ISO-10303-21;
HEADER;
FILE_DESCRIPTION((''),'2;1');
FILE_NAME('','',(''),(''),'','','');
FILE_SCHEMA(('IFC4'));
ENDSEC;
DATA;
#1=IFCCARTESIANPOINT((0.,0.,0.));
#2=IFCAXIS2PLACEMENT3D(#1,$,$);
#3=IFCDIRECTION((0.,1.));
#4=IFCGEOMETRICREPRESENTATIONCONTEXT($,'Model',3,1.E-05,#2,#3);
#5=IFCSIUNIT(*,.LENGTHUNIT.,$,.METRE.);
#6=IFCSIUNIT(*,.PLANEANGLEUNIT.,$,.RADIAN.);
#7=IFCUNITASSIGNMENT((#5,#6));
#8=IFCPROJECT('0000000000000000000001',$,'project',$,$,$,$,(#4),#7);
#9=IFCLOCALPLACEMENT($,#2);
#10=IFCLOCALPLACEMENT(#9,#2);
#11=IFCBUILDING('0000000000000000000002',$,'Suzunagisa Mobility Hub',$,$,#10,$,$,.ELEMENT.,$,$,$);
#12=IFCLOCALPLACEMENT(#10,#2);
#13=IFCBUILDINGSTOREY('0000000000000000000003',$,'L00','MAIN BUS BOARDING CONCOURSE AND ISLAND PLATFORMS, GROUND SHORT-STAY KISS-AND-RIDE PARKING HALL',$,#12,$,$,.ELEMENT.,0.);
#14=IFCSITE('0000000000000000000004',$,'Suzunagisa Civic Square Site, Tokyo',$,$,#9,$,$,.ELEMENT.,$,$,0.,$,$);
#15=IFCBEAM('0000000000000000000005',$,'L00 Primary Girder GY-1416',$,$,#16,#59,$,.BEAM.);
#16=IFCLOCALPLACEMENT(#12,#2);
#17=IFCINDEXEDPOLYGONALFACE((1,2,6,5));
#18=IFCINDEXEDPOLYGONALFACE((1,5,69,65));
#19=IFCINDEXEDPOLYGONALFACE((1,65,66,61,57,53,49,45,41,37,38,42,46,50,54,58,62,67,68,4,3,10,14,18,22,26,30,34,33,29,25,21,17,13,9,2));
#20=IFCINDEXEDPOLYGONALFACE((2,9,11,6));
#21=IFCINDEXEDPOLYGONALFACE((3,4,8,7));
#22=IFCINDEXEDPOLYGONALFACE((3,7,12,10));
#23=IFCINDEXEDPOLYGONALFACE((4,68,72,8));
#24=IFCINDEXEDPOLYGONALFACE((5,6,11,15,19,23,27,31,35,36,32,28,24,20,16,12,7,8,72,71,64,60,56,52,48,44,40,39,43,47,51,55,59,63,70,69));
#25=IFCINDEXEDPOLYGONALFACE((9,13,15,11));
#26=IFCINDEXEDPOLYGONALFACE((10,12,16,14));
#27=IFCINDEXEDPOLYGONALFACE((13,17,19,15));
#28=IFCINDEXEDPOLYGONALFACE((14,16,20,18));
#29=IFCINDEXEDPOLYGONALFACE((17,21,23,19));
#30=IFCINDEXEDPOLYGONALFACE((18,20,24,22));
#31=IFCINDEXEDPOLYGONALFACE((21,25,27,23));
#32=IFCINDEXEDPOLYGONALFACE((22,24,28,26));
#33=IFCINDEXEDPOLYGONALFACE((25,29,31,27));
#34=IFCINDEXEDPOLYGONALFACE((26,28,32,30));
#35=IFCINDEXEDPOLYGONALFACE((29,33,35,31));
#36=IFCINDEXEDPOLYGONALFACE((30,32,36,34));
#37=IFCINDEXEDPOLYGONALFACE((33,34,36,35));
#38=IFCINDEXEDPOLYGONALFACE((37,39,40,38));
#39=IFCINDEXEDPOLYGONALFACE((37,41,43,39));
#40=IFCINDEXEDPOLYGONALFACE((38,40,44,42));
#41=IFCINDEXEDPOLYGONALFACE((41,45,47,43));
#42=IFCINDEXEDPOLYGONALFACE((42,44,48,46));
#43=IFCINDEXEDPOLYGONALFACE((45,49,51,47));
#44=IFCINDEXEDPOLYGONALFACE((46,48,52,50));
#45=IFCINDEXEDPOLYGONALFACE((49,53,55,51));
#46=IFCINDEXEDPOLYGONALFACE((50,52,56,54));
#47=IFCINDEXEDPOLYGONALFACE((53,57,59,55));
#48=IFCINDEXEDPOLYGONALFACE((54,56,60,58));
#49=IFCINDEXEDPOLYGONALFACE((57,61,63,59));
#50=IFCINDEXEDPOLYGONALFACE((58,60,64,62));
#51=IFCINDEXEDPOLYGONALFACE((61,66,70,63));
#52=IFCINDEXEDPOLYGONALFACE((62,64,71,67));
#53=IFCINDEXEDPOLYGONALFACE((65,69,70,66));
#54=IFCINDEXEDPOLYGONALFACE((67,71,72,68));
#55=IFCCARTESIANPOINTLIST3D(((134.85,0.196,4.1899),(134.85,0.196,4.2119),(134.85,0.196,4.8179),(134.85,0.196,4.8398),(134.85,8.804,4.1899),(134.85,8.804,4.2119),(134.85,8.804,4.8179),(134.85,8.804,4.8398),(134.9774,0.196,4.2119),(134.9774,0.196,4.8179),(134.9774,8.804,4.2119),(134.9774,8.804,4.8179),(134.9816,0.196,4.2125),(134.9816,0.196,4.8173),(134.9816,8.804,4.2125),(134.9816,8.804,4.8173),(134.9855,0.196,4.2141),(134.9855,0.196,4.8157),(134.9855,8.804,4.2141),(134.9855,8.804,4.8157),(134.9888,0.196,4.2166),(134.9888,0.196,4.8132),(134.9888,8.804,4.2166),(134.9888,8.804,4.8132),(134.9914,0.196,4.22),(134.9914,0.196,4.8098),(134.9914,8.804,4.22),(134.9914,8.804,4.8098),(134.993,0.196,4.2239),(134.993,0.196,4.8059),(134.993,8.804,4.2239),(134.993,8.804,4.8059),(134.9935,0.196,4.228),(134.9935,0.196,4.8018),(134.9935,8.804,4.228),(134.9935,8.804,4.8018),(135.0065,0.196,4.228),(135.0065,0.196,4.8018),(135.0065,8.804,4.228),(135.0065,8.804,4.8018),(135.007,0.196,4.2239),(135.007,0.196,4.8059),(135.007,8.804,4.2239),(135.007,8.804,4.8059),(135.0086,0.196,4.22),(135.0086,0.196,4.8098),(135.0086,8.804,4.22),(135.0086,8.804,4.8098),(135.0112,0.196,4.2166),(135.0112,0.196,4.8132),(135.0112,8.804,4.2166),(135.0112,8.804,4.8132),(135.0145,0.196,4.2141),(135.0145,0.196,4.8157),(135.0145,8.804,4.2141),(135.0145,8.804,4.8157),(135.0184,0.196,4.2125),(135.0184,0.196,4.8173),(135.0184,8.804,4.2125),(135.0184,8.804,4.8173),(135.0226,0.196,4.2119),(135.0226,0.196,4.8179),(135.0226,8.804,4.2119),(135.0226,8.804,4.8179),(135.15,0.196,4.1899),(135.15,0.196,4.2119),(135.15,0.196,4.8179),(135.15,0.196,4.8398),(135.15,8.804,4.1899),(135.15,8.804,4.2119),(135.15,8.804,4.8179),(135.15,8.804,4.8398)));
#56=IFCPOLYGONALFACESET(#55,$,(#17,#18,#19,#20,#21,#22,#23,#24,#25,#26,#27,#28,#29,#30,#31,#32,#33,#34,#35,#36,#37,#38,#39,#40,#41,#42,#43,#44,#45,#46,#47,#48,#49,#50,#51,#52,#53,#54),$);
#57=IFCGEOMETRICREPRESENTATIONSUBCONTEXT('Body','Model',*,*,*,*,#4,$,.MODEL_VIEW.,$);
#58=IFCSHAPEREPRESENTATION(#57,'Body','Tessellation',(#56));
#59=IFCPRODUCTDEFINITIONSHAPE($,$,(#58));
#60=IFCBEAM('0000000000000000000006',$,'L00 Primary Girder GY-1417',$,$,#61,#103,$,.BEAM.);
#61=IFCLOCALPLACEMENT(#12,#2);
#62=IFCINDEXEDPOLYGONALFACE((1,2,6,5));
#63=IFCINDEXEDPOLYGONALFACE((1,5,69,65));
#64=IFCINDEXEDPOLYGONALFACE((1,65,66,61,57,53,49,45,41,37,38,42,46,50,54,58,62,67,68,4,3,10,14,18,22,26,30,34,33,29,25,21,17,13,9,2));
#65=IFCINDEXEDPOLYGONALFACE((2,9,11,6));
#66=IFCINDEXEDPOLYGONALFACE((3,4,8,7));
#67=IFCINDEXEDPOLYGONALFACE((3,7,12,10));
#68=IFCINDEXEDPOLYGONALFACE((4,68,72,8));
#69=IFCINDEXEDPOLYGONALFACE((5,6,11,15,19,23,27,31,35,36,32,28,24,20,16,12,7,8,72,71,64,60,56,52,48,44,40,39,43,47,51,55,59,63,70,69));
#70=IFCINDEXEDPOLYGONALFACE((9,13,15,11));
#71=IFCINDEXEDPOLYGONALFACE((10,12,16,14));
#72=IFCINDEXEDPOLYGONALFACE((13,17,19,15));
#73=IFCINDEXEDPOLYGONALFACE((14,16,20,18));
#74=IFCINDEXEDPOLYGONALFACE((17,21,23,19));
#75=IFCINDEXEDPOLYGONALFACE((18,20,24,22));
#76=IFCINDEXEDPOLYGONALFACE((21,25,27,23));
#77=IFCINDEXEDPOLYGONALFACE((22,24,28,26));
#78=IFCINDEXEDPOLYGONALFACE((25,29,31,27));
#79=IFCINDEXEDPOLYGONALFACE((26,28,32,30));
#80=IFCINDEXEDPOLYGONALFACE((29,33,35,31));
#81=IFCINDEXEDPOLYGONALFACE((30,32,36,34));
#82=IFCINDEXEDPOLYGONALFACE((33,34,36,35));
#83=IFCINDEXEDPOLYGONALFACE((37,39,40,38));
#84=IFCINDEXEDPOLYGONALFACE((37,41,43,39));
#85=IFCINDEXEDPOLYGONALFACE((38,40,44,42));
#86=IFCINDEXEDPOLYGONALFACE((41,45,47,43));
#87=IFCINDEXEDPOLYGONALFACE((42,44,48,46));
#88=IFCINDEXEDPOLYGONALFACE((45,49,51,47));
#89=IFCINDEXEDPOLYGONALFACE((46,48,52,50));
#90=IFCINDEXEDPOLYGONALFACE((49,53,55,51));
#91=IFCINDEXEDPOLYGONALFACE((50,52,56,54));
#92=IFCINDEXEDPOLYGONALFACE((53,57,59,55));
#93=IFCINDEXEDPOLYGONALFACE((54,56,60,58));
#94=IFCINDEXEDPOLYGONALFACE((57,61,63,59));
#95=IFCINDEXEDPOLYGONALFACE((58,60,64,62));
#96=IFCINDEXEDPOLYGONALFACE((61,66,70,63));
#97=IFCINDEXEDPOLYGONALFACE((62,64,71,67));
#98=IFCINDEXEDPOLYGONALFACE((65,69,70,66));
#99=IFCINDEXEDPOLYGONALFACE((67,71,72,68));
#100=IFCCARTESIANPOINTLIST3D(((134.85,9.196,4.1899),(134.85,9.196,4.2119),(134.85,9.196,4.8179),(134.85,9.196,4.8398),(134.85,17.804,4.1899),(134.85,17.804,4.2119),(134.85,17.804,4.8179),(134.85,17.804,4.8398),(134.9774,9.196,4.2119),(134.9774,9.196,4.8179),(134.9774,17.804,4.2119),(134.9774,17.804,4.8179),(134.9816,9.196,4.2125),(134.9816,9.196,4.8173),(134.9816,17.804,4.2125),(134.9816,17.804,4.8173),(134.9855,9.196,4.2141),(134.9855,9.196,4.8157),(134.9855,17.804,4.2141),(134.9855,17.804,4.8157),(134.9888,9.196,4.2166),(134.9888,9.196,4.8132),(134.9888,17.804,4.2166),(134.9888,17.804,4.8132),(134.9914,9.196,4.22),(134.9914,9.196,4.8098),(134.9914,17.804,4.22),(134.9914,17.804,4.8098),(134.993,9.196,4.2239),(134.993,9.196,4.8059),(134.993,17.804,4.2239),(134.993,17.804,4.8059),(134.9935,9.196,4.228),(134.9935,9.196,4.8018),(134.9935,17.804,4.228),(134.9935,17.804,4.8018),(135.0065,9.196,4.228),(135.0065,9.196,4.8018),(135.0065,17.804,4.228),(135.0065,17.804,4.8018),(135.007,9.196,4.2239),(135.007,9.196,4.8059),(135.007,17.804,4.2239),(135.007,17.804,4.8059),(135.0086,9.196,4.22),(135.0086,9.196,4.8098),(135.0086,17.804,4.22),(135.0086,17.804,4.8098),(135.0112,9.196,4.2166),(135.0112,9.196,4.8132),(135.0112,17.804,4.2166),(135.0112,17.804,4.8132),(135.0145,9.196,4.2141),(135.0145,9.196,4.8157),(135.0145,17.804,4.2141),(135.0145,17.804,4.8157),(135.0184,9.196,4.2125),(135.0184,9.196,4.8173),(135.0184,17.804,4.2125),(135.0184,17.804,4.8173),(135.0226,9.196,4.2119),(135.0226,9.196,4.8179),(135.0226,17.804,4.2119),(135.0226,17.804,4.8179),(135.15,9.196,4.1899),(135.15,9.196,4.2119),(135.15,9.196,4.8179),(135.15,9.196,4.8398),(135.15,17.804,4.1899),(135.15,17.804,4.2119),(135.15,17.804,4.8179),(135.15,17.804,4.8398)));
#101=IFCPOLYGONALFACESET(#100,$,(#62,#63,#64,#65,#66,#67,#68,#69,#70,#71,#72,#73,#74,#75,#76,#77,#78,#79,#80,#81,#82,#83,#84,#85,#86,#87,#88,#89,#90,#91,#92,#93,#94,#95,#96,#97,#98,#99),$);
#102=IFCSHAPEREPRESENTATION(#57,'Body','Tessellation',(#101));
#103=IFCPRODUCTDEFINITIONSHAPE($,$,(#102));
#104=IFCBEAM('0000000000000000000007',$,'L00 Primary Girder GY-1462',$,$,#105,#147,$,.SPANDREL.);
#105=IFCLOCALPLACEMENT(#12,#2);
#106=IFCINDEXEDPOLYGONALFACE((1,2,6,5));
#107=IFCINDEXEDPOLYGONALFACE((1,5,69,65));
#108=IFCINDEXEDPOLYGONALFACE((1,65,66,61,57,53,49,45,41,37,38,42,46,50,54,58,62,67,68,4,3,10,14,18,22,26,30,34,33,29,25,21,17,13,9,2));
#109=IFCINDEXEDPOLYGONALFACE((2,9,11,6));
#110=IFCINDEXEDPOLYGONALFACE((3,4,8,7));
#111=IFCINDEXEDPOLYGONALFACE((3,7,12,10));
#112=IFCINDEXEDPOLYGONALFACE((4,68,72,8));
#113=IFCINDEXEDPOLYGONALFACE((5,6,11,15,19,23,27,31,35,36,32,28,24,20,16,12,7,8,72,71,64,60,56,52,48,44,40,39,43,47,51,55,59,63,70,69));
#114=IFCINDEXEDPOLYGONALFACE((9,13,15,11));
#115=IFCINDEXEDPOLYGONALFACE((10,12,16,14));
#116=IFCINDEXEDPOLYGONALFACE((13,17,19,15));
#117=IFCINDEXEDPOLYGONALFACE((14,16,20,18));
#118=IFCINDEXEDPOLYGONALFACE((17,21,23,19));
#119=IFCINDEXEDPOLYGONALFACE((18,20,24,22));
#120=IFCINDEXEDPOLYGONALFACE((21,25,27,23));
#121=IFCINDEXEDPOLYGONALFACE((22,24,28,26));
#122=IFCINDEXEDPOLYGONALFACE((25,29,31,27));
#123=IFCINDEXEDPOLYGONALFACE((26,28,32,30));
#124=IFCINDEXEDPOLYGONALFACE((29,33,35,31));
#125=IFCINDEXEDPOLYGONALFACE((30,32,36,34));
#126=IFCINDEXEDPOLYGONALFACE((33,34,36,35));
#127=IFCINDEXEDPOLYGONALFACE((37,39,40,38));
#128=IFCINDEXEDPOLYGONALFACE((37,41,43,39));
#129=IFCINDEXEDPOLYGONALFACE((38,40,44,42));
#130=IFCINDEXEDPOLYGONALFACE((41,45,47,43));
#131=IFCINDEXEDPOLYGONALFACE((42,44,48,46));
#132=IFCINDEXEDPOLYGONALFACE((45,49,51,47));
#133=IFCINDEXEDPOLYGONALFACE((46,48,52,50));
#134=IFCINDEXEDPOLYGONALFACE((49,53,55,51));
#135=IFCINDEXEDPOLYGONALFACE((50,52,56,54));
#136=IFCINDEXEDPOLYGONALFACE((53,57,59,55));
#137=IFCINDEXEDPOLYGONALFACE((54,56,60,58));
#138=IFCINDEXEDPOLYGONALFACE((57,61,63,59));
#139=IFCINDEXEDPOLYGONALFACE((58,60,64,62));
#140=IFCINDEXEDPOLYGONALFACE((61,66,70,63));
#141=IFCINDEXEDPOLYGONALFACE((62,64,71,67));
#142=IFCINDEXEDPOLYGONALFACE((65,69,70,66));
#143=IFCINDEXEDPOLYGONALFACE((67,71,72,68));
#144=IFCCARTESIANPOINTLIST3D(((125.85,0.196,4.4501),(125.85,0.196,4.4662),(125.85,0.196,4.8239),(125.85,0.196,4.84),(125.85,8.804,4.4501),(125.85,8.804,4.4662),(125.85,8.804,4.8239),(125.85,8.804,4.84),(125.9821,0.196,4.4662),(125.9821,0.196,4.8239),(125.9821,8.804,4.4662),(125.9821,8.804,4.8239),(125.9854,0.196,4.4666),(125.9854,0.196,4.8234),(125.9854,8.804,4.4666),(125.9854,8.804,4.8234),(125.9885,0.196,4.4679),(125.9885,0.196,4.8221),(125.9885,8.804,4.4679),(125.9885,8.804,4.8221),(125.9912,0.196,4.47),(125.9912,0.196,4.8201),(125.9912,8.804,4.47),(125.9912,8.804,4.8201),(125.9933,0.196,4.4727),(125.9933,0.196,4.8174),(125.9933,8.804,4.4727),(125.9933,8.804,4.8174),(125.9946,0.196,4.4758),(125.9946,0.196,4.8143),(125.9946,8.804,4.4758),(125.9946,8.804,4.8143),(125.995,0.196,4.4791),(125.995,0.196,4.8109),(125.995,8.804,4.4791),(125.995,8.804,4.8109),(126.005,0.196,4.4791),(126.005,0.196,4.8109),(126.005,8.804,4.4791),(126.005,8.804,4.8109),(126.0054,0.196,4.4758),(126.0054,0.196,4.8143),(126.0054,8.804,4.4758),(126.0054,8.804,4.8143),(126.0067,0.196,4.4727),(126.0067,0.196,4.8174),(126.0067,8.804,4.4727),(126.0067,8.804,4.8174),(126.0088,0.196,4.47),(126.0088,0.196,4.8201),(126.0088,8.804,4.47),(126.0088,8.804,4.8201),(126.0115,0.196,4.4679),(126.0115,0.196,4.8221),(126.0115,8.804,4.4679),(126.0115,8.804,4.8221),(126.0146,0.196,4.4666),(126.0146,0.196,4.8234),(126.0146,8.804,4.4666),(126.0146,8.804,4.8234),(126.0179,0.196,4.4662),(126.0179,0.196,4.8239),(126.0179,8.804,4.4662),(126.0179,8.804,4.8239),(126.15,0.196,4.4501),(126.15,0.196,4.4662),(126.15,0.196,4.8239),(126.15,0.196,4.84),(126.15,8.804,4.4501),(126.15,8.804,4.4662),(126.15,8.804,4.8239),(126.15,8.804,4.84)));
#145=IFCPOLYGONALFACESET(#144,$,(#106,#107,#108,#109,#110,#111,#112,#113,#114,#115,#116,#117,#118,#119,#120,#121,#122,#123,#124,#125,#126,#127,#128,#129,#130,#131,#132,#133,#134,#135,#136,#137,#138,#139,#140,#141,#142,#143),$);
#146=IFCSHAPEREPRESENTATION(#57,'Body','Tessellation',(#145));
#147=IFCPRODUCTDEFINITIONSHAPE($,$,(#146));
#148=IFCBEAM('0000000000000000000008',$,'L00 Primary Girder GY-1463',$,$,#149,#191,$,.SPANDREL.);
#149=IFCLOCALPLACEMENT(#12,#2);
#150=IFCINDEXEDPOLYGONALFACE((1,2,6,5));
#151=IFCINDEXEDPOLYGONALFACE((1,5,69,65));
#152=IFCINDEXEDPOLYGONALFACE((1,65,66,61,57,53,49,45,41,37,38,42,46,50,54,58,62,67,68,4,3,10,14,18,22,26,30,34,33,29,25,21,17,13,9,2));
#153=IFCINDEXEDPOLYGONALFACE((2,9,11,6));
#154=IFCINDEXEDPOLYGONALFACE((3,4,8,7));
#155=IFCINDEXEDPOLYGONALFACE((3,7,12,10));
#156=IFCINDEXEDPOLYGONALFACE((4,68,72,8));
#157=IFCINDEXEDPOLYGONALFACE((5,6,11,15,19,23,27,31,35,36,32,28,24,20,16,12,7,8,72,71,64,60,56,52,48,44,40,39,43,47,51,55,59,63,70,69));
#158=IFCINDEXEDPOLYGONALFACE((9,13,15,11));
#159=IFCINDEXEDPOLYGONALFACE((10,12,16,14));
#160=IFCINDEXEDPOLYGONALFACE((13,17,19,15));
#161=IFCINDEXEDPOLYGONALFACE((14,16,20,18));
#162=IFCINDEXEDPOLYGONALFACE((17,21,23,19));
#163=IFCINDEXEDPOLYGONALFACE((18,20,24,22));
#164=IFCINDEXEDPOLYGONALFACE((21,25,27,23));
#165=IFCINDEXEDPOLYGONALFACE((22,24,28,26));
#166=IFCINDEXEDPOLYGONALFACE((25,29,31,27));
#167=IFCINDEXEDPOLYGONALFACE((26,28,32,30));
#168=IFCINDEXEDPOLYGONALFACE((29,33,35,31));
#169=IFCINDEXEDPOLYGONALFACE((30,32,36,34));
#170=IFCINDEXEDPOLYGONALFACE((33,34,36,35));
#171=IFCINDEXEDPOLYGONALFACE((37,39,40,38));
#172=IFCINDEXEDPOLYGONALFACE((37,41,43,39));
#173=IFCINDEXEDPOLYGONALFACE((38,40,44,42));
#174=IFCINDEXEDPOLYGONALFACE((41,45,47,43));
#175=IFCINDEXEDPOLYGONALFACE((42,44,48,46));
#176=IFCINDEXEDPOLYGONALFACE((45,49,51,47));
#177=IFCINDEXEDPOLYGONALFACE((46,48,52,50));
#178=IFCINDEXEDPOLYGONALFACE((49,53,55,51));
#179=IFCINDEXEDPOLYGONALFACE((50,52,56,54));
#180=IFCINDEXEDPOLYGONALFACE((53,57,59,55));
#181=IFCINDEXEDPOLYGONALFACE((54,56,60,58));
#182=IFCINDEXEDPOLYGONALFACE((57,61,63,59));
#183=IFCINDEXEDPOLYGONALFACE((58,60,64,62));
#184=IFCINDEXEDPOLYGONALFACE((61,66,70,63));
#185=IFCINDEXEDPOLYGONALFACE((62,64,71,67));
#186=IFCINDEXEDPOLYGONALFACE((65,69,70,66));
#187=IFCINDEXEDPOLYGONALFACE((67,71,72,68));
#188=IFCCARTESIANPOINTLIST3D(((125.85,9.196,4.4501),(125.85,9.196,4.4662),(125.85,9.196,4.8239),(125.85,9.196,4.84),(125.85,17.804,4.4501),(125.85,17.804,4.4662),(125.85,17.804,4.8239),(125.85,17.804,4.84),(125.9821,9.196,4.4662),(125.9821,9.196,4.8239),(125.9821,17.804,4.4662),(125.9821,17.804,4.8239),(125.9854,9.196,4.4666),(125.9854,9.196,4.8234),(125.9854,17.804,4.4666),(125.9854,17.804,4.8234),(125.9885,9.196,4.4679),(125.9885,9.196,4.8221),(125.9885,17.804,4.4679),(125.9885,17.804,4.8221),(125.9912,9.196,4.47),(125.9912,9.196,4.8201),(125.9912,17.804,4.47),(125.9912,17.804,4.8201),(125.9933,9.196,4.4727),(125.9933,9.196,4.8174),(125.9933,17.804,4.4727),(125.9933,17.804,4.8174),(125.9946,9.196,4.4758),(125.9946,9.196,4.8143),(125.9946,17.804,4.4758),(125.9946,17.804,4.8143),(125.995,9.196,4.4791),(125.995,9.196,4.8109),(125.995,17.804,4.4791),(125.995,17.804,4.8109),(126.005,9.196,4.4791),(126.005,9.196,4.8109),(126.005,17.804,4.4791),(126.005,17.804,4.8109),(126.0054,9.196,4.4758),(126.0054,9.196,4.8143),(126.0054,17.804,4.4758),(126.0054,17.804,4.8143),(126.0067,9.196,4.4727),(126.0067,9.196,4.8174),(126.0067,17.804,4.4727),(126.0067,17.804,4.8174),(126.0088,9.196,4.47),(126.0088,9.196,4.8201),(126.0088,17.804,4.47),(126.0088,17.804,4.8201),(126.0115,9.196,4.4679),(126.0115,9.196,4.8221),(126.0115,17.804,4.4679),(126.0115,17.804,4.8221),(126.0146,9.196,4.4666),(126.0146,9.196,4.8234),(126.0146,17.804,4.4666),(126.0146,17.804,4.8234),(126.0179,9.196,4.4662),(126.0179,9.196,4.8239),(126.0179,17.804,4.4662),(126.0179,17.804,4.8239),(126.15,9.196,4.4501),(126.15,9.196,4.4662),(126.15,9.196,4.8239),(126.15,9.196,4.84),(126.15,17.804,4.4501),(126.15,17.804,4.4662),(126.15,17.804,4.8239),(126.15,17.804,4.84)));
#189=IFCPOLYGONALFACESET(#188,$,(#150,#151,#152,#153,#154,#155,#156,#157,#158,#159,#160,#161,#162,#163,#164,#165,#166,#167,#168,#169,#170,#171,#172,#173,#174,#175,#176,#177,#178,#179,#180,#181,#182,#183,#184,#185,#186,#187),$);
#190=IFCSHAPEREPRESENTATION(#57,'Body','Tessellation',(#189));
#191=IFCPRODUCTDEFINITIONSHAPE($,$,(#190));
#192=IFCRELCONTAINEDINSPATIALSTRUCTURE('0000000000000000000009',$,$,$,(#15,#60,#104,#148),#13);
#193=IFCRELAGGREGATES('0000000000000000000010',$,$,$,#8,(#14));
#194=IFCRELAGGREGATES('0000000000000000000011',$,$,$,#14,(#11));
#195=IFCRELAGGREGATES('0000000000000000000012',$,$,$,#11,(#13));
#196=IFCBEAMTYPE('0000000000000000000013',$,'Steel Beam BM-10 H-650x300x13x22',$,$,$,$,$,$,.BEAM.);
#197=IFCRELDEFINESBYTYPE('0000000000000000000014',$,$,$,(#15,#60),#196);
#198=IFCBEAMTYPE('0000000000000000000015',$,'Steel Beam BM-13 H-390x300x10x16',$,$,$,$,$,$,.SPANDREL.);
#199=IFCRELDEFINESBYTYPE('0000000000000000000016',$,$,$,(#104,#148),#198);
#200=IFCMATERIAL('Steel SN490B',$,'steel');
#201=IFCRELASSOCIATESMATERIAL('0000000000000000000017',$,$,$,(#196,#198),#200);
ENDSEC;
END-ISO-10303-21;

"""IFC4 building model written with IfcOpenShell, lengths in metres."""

from ifc_helpers import new_model, si_unit, direction, frame, origin, origin_2d, place, context, subcontext, project, spatial, i_section, extrude, material, material_profile, profile_set, type_object, element, save


model = new_model("IFC4")

# Units and contexts
model_context = context("Model", 3, precision=1e-05, world=origin(), true_north=direction((0.0, 1.0)))
body_context = subcontext(model_context, "Body", "Model", "MODEL_VIEW")
ifc_project = project(units=[si_unit("LENGTHUNIT", "METRE"), si_unit("PLANEANGLEUNIT", "RADIAN")], contexts=[model_context])

# Site, building, storey
site_placement = place(None, origin())
site = spatial("IfcSite", under=ifc_project, at=site_placement, Name="Suzunagisa Civic Square Site, Tokyo", CompositionType="ELEMENT", RefElevation=0.0)
building_placement = place(site_placement, origin())
building = spatial("IfcBuilding", under=site, at=building_placement, Name="Suzunagisa Mobility Hub", CompositionType="ELEMENT")
storey_placement = place(building_placement, origin())
storey = spatial("IfcBuildingStorey", under=building, at=storey_placement, Name="L00", Description="MAIN BUS BOARDING CONCOURSE AND ISLAND PLATFORMS, GROUND SHORT-STAY KISS-AND-RIDE PARKING HALL", CompositionType="ELEMENT", Elevation=0.0)

# Shared definitions
ifc_material_1 = material(Name="Steel SN490B", Category="steel")

# Beams
ifc_material_profile_1 = material_profile(ifc_material_1, i_section(OverallWidth=0.3, OverallDepth=0.6499, WebThickness=0.0129, FlangeThickness=0.022, FilletRadius=0.0161, at=origin_2d()), Name="H-650x300x13x22")
ifc_profile_set_1 = profile_set([ifc_material_profile_1], Name="Steel SN490B")
beam_type_1 = type_object("IfcBeamType", Name="Steel Beam BM-10 H-650x300x13x22", PredefinedType="BEAM", material=ifc_profile_set_1)
for number, where, z_axis, x_axis, name in (
    (1, (135.0, 0.196, 4.5149), (0.0, 1.0, 0.0), (-1.0, 0.0, 0.0), "L00 Primary Girder GY-1416"),
    (2, (135.0, 9.196, 4.5149), (0.0, 1.0, 0.0), (-1.0, 0.0, 0.0), "L00 Primary Girder GY-1417"),
):
    element("IfcBeam", number, at=place(storey_placement, frame(where, z_axis=z_axis, x_axis=x_axis)), inside=storey, type_object=beam_type_1, Name=name, PredefinedType="BEAM", context=body_context, shape_type="SweptSolid", body=[
        extrude(i_section(OverallWidth=0.3, OverallDepth=0.6499, WebThickness=0.0129, FlangeThickness=0.022, FilletRadius=0.0161, at=origin_2d()), origin(), (0.0, 0.0, 1.0), 8.6079),
    ])
ifc_material_profile_2 = material_profile(ifc_material_1, i_section(OverallWidth=0.3, OverallDepth=0.3899, WebThickness=0.01, FlangeThickness=0.0161, FilletRadius=0.0129, at=origin_2d()), Name="H-390x300x10x16")
ifc_profile_set_2 = profile_set([ifc_material_profile_2], Name="Steel SN490B")
beam_type_2 = type_object("IfcBeamType", Name="Steel Beam BM-13 H-390x300x10x16", PredefinedType="SPANDREL", material=ifc_profile_set_2)
for number, where, z_axis, x_axis, name in (
    (3, (126.0, 0.196, 4.645), (0.0, 1.0, 0.0), (-1.0, 0.0, 0.0), "L00 Primary Girder GY-1462"),
    (4, (126.0, 9.196, 4.645), (0.0, 1.0, 0.0), (-1.0, 0.0, 0.0), "L00 Primary Girder GY-1463"),
):
    element("IfcBeam", number, at=place(storey_placement, frame(where, z_axis=z_axis, x_axis=x_axis)), inside=storey, type_object=beam_type_2, Name=name, PredefinedType="SPANDREL", context=body_context, shape_type="SweptSolid", body=[
        extrude(i_section(OverallWidth=0.3, OverallDepth=0.3899, WebThickness=0.01, FlangeThickness=0.0161, FilletRadius=0.0129, at=origin_2d()), origin(), (0.0, 0.0, 1.0), 8.6079),
    ])

save(model, "model.ifc")
